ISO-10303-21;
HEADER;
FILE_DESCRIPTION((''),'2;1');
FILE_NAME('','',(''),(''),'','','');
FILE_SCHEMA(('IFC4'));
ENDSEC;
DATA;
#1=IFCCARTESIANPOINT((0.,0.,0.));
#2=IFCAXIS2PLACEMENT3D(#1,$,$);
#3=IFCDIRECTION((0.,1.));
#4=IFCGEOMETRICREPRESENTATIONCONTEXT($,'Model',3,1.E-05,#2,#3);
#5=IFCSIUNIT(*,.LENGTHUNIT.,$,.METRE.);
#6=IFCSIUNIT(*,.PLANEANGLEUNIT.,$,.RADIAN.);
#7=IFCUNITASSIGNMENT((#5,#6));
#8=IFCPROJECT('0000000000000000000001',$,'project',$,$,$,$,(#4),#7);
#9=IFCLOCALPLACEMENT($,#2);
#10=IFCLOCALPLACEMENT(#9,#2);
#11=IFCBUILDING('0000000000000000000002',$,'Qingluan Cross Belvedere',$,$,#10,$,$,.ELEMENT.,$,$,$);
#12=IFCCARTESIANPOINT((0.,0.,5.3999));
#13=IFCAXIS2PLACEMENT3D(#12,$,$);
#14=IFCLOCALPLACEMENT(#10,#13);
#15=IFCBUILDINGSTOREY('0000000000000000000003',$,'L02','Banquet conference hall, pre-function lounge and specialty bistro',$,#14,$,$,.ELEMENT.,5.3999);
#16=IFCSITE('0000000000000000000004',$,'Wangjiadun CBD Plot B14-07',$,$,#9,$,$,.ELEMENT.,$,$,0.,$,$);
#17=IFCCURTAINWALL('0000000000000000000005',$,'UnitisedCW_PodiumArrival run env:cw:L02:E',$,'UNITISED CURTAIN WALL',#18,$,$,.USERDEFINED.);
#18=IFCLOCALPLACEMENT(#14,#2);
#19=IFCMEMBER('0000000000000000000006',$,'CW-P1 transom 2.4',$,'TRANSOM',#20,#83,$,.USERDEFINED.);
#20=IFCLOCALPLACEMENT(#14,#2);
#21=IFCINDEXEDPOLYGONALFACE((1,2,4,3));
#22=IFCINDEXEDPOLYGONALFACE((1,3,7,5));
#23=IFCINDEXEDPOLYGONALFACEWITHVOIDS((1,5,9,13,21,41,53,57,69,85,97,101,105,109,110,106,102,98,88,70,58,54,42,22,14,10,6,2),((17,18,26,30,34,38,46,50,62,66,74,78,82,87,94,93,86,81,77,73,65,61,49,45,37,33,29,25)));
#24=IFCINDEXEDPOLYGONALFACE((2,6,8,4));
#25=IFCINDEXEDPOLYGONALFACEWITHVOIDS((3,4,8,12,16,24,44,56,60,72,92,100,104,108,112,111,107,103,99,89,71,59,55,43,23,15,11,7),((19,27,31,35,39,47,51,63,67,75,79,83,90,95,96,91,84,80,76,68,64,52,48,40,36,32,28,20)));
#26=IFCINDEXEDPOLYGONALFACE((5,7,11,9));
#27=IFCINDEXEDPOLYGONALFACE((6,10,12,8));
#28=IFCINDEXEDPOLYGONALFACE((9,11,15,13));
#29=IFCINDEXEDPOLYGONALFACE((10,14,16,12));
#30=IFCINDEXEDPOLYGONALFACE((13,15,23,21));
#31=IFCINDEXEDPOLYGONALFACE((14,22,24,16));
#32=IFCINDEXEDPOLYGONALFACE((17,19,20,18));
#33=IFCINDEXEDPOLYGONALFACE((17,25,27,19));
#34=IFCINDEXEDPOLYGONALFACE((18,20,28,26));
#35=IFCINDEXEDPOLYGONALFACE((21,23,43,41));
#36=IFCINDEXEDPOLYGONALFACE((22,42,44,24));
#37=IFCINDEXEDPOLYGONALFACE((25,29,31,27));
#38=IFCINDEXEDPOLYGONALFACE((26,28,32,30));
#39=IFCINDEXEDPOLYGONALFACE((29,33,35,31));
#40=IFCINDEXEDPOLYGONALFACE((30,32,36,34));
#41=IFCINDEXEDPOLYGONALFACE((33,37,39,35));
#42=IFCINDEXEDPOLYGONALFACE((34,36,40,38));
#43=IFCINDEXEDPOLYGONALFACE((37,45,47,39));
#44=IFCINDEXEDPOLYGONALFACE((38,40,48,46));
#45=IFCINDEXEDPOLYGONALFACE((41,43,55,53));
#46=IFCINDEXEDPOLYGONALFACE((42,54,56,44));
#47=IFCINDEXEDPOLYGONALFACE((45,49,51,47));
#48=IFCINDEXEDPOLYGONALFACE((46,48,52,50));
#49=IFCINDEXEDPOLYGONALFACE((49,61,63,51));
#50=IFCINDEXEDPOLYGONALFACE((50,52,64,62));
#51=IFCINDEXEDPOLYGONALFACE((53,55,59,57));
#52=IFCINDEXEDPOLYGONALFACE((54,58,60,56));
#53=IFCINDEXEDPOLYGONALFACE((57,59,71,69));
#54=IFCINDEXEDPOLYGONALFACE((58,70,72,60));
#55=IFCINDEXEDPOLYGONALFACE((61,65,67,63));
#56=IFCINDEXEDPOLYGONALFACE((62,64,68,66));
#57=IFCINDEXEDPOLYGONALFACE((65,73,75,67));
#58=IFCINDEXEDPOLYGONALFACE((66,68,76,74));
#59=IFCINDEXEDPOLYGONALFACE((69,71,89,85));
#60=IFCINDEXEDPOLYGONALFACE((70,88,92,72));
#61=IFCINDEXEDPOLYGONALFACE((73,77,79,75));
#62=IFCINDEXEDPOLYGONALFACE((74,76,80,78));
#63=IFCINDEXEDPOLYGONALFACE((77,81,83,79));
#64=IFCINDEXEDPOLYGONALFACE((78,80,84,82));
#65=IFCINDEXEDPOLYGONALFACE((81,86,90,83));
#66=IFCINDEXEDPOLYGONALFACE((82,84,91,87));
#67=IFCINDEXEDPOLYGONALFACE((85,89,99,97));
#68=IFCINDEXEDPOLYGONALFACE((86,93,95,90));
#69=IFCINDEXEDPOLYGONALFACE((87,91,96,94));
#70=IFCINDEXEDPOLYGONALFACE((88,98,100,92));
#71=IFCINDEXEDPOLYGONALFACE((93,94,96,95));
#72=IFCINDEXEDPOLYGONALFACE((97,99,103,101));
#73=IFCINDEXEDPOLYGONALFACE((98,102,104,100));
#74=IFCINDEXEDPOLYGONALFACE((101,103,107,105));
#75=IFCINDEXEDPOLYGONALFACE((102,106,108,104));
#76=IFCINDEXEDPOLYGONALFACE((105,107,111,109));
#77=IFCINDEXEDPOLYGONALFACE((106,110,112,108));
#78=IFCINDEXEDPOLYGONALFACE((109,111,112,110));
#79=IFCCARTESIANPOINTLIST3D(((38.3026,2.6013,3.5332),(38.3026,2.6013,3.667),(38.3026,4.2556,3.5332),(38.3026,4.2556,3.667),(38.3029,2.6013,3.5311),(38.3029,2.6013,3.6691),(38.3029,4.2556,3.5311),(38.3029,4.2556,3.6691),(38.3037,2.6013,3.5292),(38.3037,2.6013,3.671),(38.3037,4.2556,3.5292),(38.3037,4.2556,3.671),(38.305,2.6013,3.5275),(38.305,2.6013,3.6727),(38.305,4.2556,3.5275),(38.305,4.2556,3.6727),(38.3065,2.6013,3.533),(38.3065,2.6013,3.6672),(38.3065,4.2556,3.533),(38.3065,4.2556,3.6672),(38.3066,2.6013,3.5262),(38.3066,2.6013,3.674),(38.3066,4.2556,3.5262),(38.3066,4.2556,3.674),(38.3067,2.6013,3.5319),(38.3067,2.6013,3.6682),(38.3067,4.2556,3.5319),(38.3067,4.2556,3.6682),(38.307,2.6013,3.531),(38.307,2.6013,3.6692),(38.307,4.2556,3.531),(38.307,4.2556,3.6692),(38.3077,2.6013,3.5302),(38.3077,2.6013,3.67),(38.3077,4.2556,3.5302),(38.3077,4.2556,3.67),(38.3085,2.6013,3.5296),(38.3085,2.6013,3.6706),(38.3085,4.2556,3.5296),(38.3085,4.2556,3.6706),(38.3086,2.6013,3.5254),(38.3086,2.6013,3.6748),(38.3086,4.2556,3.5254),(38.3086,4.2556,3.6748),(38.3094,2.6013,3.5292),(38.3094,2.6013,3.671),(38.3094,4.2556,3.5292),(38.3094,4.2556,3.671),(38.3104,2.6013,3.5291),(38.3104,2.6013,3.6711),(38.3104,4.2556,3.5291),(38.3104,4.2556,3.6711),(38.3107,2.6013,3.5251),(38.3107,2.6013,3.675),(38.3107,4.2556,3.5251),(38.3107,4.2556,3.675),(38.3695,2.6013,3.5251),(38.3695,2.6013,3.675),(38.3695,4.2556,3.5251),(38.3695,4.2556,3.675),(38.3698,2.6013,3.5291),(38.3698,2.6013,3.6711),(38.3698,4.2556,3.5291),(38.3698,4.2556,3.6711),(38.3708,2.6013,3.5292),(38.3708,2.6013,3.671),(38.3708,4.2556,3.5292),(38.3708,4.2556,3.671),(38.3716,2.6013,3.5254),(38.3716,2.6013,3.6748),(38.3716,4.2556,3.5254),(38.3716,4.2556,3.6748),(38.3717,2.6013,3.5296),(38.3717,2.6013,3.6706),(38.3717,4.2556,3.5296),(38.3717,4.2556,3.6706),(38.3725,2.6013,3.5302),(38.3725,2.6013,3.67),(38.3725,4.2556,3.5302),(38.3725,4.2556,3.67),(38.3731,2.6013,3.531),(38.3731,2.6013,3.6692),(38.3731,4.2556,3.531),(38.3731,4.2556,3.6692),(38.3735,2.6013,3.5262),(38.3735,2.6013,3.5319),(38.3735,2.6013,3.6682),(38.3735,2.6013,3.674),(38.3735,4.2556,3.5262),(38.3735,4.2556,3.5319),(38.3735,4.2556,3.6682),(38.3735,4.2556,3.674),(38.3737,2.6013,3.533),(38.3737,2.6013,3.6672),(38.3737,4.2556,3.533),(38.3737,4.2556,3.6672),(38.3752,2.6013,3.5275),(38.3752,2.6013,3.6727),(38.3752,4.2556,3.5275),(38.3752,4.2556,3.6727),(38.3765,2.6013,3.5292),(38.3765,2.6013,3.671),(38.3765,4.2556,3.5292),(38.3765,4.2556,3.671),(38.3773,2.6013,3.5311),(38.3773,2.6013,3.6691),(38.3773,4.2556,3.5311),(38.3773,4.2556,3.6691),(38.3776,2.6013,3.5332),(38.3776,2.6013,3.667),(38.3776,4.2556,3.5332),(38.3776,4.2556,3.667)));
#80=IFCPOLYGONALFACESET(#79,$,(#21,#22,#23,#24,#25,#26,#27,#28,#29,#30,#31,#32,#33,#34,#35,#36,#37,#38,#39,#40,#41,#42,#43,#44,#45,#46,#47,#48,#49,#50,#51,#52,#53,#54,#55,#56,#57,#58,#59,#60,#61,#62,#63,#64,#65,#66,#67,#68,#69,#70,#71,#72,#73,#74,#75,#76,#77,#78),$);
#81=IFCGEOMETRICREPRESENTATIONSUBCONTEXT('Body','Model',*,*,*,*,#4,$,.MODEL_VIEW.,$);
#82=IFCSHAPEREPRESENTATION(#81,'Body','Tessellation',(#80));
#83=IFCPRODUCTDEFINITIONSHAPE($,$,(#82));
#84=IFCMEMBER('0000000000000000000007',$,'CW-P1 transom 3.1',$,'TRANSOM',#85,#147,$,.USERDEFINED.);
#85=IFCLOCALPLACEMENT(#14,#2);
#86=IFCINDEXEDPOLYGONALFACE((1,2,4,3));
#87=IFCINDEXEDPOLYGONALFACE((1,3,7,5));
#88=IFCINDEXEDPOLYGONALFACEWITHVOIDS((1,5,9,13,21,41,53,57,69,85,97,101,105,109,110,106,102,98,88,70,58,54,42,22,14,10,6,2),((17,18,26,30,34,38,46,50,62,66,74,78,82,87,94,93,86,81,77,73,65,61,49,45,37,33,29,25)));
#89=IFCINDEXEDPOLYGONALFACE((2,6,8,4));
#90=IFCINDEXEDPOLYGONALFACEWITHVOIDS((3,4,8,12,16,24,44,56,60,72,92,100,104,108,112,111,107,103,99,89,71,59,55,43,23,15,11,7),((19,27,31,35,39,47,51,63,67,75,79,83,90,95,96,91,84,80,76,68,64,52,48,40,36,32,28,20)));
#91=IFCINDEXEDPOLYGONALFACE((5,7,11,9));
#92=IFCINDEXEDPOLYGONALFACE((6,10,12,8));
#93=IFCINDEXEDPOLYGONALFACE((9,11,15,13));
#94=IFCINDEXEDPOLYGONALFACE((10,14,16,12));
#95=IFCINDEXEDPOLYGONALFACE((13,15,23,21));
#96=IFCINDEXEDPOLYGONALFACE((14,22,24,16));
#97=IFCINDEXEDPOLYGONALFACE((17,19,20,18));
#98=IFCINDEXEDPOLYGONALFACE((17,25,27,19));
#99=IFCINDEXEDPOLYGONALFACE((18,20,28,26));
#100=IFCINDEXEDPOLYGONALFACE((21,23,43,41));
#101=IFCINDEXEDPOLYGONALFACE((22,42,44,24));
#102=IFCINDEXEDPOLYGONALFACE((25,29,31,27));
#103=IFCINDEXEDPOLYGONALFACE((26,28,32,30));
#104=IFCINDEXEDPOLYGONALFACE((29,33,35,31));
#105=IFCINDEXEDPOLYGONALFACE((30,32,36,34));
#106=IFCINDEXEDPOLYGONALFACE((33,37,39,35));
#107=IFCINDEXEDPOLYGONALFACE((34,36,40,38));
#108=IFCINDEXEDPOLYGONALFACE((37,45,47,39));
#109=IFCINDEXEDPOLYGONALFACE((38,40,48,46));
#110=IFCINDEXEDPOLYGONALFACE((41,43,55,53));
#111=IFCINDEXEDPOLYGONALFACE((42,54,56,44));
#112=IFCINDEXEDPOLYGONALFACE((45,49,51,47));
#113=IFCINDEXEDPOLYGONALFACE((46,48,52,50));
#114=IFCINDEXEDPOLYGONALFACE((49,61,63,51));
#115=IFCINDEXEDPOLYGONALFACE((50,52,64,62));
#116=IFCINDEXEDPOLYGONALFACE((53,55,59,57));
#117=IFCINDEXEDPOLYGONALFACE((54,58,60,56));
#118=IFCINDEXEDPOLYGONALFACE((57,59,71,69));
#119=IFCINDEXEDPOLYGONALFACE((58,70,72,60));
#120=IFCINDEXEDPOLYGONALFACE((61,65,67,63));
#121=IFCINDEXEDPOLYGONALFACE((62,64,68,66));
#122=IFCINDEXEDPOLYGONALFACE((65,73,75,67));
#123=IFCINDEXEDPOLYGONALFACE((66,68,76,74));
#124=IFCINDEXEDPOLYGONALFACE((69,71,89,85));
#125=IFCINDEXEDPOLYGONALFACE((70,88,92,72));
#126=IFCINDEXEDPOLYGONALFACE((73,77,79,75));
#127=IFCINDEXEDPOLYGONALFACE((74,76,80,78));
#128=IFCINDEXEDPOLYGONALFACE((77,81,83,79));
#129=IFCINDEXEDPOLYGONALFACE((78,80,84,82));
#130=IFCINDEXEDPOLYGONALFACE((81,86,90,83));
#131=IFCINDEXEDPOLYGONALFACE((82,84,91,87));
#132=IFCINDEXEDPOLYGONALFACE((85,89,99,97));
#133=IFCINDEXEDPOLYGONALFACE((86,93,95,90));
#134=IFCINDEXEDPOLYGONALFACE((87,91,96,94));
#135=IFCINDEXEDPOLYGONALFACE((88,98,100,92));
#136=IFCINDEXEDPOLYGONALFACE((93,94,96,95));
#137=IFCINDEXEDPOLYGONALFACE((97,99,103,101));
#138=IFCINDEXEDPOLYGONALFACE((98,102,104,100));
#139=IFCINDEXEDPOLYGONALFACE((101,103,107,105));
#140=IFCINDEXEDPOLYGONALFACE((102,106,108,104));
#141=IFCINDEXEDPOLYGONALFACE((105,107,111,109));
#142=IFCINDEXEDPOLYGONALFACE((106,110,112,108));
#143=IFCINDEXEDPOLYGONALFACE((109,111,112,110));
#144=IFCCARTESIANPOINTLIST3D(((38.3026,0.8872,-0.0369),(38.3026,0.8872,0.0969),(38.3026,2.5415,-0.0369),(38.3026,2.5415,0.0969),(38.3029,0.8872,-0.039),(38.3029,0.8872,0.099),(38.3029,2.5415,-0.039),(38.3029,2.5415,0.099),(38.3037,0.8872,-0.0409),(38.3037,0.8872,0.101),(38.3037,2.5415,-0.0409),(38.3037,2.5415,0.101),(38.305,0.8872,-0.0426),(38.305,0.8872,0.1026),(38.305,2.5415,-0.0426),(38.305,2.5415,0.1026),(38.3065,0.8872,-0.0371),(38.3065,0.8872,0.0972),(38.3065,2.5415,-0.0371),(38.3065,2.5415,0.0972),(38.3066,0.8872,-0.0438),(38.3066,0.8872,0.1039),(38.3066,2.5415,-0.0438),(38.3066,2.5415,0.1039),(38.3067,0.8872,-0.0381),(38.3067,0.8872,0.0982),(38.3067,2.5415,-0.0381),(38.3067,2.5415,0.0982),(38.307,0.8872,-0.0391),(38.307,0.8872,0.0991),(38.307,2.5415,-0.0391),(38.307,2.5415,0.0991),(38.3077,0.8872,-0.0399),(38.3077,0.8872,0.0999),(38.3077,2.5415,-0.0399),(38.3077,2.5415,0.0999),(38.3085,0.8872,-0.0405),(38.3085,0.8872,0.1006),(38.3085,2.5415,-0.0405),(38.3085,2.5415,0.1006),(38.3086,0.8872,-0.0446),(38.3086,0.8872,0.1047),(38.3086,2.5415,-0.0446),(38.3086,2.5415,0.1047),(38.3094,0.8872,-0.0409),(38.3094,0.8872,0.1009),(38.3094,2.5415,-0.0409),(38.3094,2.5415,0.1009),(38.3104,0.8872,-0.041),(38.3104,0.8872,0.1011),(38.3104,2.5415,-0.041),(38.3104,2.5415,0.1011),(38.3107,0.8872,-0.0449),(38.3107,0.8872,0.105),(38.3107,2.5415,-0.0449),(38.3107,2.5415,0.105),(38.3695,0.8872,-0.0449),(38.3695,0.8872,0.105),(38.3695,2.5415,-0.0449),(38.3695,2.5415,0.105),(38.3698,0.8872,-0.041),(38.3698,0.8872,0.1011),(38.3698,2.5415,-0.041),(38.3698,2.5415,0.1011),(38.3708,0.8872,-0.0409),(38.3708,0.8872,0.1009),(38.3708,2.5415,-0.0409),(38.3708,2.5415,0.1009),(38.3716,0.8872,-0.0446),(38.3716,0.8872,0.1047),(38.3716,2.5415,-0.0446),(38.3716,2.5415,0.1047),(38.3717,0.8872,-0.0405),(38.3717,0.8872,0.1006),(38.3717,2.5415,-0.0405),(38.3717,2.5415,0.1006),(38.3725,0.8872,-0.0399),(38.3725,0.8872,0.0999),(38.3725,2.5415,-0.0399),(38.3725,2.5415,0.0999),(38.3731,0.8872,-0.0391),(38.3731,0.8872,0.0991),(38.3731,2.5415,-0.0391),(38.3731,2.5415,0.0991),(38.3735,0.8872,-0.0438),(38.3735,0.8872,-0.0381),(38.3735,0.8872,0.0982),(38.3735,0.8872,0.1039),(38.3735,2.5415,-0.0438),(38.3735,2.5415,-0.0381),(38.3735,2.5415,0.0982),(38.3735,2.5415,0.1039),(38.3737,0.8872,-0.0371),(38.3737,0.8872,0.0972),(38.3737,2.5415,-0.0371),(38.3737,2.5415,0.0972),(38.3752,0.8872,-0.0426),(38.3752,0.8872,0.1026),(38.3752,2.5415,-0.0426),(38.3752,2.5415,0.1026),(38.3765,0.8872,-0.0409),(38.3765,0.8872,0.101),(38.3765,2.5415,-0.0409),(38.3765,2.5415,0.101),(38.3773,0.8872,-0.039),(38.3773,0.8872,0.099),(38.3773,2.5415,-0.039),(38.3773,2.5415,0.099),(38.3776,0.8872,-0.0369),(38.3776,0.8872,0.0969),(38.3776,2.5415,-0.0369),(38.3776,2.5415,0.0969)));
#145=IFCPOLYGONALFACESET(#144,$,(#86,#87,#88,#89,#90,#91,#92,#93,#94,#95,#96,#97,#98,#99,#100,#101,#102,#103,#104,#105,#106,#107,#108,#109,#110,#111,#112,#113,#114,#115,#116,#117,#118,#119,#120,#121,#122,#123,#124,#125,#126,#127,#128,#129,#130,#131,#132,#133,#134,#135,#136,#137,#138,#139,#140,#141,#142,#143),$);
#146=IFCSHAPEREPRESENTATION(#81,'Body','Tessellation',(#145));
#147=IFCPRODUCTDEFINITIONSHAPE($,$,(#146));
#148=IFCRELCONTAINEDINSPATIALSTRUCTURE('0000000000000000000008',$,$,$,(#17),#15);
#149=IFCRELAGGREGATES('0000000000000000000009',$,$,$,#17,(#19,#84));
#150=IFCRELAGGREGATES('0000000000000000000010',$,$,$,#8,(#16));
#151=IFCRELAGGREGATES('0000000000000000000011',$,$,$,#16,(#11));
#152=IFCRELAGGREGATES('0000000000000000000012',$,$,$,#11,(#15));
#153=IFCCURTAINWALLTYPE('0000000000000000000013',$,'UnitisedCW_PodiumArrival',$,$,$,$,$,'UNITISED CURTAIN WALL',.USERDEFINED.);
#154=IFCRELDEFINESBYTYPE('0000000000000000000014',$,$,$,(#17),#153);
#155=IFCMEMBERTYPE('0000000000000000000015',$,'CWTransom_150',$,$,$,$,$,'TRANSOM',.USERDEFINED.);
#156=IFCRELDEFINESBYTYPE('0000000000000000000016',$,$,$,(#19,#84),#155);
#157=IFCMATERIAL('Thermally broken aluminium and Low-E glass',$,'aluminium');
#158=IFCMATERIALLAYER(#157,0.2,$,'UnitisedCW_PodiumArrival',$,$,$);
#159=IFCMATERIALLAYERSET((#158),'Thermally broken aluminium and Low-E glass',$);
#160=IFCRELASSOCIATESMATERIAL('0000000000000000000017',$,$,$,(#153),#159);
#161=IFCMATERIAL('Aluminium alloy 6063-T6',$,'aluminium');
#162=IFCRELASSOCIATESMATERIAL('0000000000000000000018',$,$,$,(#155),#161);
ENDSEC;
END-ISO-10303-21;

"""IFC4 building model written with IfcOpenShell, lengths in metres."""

from ifc_helpers import new_model, si_unit, direction, frame, origin, origin_2d, place, context, subcontext, project, spatial, hollow_rectangle, extrude, material, layer, layer_set, material_profile, profile_set, type_object, element, aggregate, save


model = new_model("IFC4")

# Units and contexts
model_context = context("Model", 3, precision=1e-05, world=origin(), true_north=direction((0.0, 1.0)))
body_context = subcontext(model_context, "Body", "Model", "MODEL_VIEW")
ifc_project = project(units=[si_unit("LENGTHUNIT", "METRE"), si_unit("PLANEANGLEUNIT", "RADIAN")], contexts=[model_context])

# Site, building, storey
site_placement = place(None, origin())
site = spatial("IfcSite", under=ifc_project, at=site_placement, Name="Wangjiadun CBD Plot B14-07", CompositionType="ELEMENT", RefElevation=0.0)
building_placement = place(site_placement, origin())
building = spatial("IfcBuilding", under=site, at=building_placement, Name="Qingluan Cross Belvedere", CompositionType="ELEMENT")
storey_placement = place(building_placement, frame((0.0, 0.0, 5.3999)))
storey = spatial("IfcBuildingStorey", under=building, at=storey_placement, Name="L02", Description="Banquet conference hall, pre-function lounge and specialty bistro", CompositionType="ELEMENT", Elevation=5.3999)

# Curtain wall, members
ifc_material_1 = material(Name="Thermally broken aluminium and Low-E glass", Category="aluminium")
ifc_layer_1 = layer(ifc_material_1, 0.2, Name="UnitisedCW_PodiumArrival")
ifc_layer_set_1 = layer_set([ifc_layer_1], Name="Thermally broken aluminium and Low-E glass")
curtain_wall_type = type_object("IfcCurtainWallType", Name="UnitisedCW_PodiumArrival", ElementType="UNITISED CURTAIN WALL", PredefinedType="USERDEFINED", material=ifc_layer_set_1)
curtain_wall_placement = place(storey_placement, origin())
curtain_wall = element("IfcCurtainWall", 1, at=curtain_wall_placement, inside=storey, type_object=curtain_wall_type, Name="UnitisedCW_PodiumArrival run env:cw:L02:E", ObjectType="UNITISED CURTAIN WALL", PredefinedType="USERDEFINED")
ifc_material_2 = material(Name="Aluminium alloy 6063-T6", Category="aluminium")
ifc_material_profile_1 = material_profile(ifc_material_2, hollow_rectangle(XDim=0.075, YDim=0.1499, WallThickness=0.0039, InnerFilletRadius=0.0039, OuterFilletRadius=0.0081, at=origin_2d()), Name="CWT150x75x4")
ifc_profile_set_1 = profile_set([ifc_material_profile_1], Name="Aluminium alloy 6063-T6")
member_type_1 = type_object("IfcMemberType", Name="CWTransom_150", ElementType="TRANSOM", PredefinedType="USERDEFINED", material=ifc_profile_set_1)
member_1_placement = place(storey_placement, frame((38.3401, 4.2556, 3.6001), z_axis=(0.0, -1.0, 0.0), x_axis=(1.0, 0.0, 0.0)))
member_1 = element("IfcMember", 2, at=member_1_placement, type_object=member_type_1, Name="CW-P1 transom 2.4", ObjectType="TRANSOM", PredefinedType="USERDEFINED", context=body_context, shape_type="SweptSolid", body=[
    extrude(hollow_rectangle(XDim=0.075, YDim=0.1499, WallThickness=0.0039, InnerFilletRadius=0.0039, OuterFilletRadius=0.0081, at=origin_2d()), origin(), (0.0, 0.0, 1.0), 1.6543),
])
member_2_placement = place(storey_placement, frame((38.3401, 2.5415, 0.03), z_axis=(0.0, -1.0, 0.0), x_axis=(1.0, 0.0, 0.0)))
member_2 = element("IfcMember", 3, at=member_2_placement, type_object=member_type_1, Name="CW-P1 transom 3.1", ObjectType="TRANSOM", PredefinedType="USERDEFINED", context=body_context, shape_type="SweptSolid", body=[
    extrude(hollow_rectangle(XDim=0.075, YDim=0.1499, WallThickness=0.0039, InnerFilletRadius=0.0039, OuterFilletRadius=0.0081, at=origin_2d()), origin(), (0.0, 0.0, 1.0), 1.6543),
])
aggregate(curtain_wall, [member_1, member_2])

save(model, "model.ifc")
